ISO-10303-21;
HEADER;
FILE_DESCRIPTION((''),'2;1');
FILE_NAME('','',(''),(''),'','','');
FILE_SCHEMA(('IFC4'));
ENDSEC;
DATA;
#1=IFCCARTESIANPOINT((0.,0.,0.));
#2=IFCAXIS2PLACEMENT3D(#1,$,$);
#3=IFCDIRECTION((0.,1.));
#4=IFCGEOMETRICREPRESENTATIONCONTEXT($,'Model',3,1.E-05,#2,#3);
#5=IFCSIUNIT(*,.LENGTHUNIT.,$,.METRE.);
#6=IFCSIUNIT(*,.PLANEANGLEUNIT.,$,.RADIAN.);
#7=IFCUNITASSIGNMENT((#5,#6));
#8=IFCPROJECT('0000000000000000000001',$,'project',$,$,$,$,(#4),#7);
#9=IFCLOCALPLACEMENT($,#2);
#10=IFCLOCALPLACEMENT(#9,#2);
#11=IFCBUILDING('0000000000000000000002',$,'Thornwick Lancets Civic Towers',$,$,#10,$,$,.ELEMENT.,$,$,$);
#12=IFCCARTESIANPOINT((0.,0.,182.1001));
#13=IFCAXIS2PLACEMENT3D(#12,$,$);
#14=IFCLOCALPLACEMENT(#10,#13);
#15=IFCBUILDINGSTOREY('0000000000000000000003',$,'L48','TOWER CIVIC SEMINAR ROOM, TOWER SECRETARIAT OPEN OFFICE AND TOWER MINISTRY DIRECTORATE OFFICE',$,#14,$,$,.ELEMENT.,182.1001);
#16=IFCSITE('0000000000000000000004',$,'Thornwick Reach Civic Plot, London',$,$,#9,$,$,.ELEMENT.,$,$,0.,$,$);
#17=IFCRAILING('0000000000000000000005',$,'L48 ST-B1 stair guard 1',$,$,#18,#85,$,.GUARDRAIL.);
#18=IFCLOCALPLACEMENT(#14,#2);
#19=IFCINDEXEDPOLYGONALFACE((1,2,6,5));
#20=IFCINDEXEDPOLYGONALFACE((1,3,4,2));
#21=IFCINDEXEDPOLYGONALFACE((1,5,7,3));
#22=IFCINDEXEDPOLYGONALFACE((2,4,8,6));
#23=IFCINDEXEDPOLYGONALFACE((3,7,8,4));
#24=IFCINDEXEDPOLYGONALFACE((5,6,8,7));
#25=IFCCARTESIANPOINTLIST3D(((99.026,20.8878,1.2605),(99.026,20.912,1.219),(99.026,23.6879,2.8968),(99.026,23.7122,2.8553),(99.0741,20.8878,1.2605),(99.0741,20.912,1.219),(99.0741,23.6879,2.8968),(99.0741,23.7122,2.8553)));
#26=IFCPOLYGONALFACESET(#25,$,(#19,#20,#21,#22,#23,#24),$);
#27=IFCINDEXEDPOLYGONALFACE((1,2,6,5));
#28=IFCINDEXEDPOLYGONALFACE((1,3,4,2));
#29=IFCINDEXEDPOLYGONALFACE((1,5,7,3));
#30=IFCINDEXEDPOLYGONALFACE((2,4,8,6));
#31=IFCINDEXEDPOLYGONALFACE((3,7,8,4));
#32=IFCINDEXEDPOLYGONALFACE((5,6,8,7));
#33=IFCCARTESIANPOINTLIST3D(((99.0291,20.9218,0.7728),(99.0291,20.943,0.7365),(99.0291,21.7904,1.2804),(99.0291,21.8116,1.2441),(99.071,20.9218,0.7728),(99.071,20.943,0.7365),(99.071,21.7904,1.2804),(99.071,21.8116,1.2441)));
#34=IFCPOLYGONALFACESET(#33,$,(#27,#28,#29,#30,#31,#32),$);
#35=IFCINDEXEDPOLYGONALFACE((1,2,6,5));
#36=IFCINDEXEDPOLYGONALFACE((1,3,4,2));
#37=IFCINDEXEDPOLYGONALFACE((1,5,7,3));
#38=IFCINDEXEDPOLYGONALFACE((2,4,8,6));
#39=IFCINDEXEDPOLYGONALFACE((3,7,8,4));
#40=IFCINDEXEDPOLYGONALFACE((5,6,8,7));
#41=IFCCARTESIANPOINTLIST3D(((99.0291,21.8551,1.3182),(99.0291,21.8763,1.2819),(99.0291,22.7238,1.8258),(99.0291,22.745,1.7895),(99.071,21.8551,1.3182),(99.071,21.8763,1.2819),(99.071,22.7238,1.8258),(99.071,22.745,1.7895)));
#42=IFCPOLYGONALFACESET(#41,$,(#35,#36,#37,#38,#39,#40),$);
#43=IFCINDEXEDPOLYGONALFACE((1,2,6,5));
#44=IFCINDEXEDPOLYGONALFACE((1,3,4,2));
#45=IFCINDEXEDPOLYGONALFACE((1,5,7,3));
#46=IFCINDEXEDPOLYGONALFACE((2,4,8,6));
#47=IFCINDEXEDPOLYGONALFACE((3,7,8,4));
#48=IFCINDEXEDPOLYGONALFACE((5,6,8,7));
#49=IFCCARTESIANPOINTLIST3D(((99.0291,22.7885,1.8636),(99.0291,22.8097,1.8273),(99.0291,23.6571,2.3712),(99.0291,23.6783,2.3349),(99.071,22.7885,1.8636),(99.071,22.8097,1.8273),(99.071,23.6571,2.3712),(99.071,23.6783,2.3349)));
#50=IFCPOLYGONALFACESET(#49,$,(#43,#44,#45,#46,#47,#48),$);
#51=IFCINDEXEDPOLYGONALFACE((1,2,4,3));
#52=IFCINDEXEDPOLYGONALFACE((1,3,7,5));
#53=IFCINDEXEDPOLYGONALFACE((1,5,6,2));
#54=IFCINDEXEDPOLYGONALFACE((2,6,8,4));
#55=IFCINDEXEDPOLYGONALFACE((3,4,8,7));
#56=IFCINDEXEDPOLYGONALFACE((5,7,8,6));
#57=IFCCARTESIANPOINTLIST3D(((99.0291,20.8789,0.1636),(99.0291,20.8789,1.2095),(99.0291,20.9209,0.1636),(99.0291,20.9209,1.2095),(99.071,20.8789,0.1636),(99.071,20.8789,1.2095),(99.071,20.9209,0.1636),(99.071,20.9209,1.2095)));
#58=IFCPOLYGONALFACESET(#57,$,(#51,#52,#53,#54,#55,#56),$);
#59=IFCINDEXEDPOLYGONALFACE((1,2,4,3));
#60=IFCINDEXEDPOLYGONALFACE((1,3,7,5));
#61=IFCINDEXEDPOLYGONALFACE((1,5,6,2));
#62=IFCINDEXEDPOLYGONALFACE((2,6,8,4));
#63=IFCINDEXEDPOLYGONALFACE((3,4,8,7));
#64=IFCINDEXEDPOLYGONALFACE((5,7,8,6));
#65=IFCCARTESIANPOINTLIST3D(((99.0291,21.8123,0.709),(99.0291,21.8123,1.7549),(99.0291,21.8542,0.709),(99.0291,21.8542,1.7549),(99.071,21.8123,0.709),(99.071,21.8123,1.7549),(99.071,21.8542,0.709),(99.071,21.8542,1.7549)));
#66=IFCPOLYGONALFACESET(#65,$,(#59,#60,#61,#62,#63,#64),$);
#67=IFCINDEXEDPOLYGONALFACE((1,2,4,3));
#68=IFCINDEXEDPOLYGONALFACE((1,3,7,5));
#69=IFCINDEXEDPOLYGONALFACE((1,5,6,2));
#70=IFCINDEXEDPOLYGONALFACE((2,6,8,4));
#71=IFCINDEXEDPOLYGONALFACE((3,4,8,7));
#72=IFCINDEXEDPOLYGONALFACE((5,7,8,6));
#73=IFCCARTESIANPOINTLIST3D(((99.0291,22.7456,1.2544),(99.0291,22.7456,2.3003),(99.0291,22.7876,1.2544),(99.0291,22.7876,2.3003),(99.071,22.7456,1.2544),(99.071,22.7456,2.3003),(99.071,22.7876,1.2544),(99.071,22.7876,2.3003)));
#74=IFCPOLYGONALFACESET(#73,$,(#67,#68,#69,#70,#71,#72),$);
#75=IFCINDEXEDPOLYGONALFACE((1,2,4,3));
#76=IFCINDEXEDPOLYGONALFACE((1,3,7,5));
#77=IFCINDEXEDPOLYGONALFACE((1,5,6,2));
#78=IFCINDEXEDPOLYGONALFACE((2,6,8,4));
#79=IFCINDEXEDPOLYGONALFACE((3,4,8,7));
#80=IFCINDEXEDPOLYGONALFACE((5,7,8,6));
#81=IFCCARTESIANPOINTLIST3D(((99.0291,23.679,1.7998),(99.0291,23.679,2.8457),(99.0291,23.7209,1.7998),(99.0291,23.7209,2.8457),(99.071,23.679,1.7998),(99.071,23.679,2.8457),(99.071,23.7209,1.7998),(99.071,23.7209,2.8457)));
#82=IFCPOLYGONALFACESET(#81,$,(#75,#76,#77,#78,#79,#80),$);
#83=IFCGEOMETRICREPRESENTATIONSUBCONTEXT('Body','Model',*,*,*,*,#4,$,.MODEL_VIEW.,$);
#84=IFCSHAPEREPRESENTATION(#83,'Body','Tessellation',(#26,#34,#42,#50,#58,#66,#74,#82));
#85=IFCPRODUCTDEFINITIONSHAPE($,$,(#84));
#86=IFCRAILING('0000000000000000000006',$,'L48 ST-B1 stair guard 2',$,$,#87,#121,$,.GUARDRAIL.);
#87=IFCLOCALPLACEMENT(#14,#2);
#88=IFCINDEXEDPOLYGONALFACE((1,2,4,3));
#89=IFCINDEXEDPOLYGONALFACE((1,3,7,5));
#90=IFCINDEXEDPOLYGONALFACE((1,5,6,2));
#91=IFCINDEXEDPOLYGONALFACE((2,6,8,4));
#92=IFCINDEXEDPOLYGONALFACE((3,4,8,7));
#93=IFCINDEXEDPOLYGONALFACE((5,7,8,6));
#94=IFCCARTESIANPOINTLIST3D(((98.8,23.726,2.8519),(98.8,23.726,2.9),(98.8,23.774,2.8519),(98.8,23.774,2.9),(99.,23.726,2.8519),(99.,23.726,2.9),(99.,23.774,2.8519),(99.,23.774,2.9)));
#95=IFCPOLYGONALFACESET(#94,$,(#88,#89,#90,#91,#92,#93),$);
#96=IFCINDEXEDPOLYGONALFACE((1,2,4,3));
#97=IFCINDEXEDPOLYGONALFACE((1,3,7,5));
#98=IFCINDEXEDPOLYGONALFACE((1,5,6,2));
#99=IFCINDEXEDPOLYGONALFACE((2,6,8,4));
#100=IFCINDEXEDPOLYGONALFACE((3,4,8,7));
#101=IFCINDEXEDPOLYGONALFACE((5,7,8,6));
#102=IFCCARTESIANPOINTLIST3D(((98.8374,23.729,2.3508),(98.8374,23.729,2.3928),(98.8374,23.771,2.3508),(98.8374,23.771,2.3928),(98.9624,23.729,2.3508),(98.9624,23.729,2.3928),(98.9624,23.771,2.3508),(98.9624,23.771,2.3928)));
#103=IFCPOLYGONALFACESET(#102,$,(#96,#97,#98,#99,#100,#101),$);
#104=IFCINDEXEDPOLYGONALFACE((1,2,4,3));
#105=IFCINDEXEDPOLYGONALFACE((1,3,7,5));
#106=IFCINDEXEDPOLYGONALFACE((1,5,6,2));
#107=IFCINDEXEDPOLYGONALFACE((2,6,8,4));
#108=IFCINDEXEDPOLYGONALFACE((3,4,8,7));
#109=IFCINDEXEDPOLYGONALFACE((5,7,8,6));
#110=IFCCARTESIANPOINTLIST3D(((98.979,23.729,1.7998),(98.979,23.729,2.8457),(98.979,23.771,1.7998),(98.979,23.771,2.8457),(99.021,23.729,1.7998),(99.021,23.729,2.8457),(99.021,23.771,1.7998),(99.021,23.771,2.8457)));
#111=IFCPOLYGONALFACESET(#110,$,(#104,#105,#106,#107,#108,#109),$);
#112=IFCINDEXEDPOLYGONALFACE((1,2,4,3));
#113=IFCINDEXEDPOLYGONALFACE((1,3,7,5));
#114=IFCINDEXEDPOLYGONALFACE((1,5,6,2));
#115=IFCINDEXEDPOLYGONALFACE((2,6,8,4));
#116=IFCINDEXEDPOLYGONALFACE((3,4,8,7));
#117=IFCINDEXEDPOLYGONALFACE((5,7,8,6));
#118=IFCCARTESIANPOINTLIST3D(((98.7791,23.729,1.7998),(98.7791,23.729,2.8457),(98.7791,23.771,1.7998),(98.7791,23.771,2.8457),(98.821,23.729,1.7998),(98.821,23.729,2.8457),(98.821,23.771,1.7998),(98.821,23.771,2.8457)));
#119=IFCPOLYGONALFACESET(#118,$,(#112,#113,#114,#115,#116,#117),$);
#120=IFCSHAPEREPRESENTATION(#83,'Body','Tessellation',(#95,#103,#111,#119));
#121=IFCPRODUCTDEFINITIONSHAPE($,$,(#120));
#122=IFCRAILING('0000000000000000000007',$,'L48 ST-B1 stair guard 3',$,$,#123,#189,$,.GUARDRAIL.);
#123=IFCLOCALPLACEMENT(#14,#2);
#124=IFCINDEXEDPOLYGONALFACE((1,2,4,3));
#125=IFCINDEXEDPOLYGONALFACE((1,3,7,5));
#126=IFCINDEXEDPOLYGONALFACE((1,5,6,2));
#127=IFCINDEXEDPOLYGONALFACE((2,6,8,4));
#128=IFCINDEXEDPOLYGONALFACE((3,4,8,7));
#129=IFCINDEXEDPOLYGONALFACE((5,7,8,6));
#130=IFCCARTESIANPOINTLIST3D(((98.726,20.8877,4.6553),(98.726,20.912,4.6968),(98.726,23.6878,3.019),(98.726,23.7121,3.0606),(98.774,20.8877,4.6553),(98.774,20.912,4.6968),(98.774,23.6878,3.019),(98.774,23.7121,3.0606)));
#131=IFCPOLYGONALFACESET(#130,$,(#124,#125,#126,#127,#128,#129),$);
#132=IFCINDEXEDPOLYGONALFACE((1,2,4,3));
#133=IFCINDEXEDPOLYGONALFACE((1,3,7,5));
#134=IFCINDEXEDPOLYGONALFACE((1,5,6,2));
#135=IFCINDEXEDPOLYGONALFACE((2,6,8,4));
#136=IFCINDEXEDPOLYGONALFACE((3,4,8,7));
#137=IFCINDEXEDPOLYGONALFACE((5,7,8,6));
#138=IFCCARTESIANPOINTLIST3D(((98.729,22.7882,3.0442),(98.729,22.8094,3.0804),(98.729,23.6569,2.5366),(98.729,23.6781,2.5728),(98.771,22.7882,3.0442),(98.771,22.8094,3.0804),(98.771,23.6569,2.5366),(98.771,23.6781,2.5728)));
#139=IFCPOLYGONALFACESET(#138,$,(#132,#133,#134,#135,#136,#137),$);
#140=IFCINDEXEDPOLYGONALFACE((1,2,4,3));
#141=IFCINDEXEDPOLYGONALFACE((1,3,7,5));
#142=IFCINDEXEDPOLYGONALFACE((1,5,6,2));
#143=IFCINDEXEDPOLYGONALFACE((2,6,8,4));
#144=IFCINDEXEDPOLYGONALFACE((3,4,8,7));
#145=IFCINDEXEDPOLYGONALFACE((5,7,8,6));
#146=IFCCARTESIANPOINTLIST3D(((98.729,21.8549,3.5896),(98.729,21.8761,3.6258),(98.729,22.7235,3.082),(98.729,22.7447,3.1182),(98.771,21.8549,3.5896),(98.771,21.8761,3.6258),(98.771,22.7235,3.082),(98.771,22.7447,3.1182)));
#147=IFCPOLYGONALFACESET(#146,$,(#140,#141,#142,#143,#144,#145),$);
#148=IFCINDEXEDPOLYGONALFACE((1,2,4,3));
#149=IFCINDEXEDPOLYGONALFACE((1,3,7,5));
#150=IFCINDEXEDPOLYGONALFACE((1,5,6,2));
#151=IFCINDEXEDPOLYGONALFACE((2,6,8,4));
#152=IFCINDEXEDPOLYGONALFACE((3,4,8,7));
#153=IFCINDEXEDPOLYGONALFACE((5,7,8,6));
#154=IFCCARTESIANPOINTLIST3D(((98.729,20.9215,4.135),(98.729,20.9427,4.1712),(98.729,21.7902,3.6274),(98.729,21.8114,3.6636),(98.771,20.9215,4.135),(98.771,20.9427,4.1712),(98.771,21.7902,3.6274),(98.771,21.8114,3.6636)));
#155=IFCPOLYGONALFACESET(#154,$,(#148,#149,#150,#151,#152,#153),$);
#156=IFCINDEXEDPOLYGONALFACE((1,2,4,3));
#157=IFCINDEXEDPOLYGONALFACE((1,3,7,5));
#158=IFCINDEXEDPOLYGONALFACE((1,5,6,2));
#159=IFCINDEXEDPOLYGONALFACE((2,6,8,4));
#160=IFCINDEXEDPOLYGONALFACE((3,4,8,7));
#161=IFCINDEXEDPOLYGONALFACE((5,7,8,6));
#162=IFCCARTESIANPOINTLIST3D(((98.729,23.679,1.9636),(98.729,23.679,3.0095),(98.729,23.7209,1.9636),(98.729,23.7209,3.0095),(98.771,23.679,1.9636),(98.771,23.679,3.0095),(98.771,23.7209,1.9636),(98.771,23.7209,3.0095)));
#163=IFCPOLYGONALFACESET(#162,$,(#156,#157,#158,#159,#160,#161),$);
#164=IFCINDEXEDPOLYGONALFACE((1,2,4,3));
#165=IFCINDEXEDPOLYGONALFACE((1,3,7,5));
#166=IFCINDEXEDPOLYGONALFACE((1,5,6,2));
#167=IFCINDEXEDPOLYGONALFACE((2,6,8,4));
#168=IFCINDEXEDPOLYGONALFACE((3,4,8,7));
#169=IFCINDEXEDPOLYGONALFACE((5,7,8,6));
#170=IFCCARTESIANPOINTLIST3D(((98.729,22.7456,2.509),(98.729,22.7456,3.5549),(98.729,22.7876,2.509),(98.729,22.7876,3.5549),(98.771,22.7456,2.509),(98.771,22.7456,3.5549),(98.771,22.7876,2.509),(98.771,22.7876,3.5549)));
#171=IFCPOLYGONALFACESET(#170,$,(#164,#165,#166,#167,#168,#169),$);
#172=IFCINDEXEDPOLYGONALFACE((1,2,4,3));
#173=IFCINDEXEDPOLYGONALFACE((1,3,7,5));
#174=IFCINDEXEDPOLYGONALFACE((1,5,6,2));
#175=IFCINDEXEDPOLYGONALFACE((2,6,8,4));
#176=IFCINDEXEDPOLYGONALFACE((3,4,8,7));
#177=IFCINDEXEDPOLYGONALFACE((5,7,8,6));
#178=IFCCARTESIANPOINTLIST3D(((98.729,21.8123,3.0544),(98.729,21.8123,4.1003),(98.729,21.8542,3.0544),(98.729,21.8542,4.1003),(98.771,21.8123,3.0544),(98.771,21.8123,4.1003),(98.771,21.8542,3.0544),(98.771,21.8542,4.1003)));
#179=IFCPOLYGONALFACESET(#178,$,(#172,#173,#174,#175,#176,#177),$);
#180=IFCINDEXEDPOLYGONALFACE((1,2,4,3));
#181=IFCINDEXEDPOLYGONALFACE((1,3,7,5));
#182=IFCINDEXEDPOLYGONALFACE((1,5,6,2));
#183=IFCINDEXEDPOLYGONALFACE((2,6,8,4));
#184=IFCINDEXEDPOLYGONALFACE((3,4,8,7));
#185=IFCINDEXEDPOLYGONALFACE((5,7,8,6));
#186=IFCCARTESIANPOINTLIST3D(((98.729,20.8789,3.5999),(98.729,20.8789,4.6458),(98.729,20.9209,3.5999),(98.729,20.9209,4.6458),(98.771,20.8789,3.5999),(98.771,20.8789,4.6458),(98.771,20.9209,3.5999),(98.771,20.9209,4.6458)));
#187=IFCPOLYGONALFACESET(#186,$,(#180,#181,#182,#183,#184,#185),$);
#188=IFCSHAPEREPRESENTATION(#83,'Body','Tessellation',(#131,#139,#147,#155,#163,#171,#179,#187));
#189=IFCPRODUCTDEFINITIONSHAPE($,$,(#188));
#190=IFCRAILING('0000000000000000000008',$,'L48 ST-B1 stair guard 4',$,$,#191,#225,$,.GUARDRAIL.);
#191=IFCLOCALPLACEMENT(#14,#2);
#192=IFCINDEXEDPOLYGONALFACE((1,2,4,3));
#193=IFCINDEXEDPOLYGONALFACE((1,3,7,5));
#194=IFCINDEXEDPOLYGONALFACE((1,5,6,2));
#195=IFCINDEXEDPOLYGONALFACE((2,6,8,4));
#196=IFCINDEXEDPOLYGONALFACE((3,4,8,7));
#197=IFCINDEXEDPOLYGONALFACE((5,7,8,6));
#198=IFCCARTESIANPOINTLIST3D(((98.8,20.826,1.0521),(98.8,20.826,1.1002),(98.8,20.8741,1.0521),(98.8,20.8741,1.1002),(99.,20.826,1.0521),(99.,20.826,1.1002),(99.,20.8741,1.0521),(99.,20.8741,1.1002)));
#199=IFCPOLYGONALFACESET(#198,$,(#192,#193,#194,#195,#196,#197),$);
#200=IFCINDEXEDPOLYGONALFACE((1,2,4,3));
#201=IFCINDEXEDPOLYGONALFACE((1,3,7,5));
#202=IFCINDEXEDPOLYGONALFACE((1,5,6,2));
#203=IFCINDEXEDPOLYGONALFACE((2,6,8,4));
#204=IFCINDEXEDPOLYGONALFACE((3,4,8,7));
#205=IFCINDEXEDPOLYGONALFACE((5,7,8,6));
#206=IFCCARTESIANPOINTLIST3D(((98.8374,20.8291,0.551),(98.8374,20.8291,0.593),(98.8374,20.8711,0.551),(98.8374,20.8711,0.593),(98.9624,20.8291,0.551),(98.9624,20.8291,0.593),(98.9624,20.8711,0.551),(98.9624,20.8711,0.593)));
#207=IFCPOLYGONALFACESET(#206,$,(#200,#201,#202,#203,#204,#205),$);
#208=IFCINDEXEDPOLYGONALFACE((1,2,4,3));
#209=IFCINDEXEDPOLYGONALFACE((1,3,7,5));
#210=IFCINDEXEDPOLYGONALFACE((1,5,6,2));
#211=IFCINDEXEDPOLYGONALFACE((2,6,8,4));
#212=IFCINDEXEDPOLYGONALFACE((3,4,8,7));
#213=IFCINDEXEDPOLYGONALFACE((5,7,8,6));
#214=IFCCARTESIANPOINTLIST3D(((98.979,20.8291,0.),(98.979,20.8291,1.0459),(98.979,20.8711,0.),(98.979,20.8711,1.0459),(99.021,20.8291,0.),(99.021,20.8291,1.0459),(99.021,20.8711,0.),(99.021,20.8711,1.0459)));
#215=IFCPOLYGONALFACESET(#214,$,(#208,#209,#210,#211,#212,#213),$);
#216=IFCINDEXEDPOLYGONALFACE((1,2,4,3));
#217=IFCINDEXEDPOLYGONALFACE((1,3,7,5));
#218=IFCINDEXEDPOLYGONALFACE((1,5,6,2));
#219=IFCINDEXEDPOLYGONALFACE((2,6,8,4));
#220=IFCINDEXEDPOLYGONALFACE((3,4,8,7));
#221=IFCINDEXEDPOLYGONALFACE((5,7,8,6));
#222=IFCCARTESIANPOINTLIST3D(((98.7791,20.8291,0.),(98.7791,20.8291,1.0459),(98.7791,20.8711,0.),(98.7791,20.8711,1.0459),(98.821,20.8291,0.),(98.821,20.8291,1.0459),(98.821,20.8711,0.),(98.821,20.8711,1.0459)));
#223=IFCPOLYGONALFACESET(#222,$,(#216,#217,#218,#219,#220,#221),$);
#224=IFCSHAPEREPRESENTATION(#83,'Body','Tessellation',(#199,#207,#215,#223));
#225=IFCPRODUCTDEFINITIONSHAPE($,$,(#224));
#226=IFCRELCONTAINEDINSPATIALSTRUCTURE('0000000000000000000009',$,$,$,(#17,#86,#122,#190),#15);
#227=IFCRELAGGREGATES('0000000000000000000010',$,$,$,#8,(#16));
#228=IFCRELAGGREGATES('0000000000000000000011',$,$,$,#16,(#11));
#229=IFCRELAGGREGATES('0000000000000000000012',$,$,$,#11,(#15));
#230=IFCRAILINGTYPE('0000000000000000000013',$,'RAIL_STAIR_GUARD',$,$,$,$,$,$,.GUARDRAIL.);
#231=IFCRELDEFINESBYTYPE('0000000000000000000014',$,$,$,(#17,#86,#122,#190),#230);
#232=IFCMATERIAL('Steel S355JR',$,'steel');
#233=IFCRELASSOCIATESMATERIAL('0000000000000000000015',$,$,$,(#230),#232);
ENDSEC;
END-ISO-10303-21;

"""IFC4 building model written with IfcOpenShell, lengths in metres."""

from ifc_helpers import new_model, si_unit, direction, frame, origin, origin_2d, place, context, subcontext, project, spatial, rectangle, extrude, material, type_object, element, save


model = new_model("IFC4")

# Units and contexts
model_context = context("Model", 3, precision=1e-05, world=origin(), true_north=direction((0.0, 1.0)))
body_context = subcontext(model_context, "Body", "Model", "MODEL_VIEW")
ifc_project = project(units=[si_unit("LENGTHUNIT", "METRE"), si_unit("PLANEANGLEUNIT", "RADIAN")], contexts=[model_context])

# Site, building, storey
site_placement = place(None, origin())
site = spatial("IfcSite", under=ifc_project, at=site_placement, Name="Thornwick Reach Civic Plot, London", CompositionType="ELEMENT", RefElevation=0.0)
building_placement = place(site_placement, origin())
building = spatial("IfcBuilding", under=site, at=building_placement, Name="Thornwick Lancets Civic Towers", CompositionType="ELEMENT")
storey_placement = place(building_placement, frame((0.0, 0.0, 182.1001)))
storey = spatial("IfcBuildingStorey", under=building, at=storey_placement, Name="L48", Description="TOWER CIVIC SEMINAR ROOM, TOWER SECRETARIAT OPEN OFFICE AND TOWER MINISTRY DIRECTORATE OFFICE", CompositionType="ELEMENT", Elevation=182.1001)

# Shared definitions
ifc_material_1 = material(Name="Steel S355JR", Category="steel")

# Railings
railing_type_1 = type_object("IfcRailingType", Name="RAIL_STAIR_GUARD", PredefinedType="GUARDRAIL", material=ifc_material_1)
railing_1_placement = place(storey_placement, frame((99.05, 20.8999, 0.1636)))
element("IfcRailing", 1, at=railing_1_placement, inside=storey, type_object=railing_type_1, Name="L48 ST-B1 stair guard 1", PredefinedType="GUARDRAIL", context=body_context, shape_type="SweptSolid", body=[
    extrude(rectangle(XDim=0.0481, YDim=0.0481, at=origin_2d()), frame((0.0, 0.0, 1.0762), z_axis=(0.0, 0.863394, 0.504531), x_axis=(-1.0, 0.0, 0.0)), (0.0, 0.0, 1.0), 3.2432),
    extrude(rectangle(XDim=0.042, YDim=0.042, at=origin_2d()), frame((0.0, 0.0325, 0.5911), z_axis=(0.0, 0.863394, 0.504531), x_axis=(-1.0, 0.0, 0.0)), (0.0, 0.0, 1.0), 1.0061),
    extrude(rectangle(XDim=0.042, YDim=0.042, at=origin_2d()), frame((0.0, 0.9658, 1.1365), z_axis=(0.0, 0.863394, 0.504531), x_axis=(-1.0, 0.0, 0.0)), (0.0, 0.0, 1.0), 1.0061),
    extrude(rectangle(XDim=0.042, YDim=0.042, at=origin_2d()), frame((0.0, 1.8992, 1.6819), z_axis=(0.0, 0.863394, 0.504531), x_axis=(-1.0, 0.0, 0.0)), (0.0, 0.0, 1.0), 1.0061),
    extrude(rectangle(XDim=0.042, YDim=0.042, at=origin_2d()), origin(), (0.0, 0.0, 1.0), 1.0459),
    extrude(rectangle(XDim=0.042, YDim=0.042, at=origin_2d()), frame((0.0, 0.9333, 0.5454)), (0.0, 0.0, 1.0), 1.0459),
    extrude(rectangle(XDim=0.042, YDim=0.042, at=origin_2d()), frame((0.0, 1.8667, 1.0908)), (0.0, 0.0, 1.0), 1.0459),
    extrude(rectangle(XDim=0.042, YDim=0.042, at=origin_2d()), frame((0.0, 2.8, 1.6362)), (0.0, 0.0, 1.0), 1.0459),
])
railing_2_placement = place(storey_placement, frame((99.0, 23.75, 1.7998)))
element("IfcRailing", 2, at=railing_2_placement, inside=storey, type_object=railing_type_1, Name="L48 ST-B1 stair guard 2", PredefinedType="GUARDRAIL", context=body_context, shape_type="SweptSolid", body=[
    extrude(rectangle(XDim=0.0481, YDim=0.0481, at=origin_2d()), frame((0.0, 0.0, 1.0762), z_axis=(-1.0, 0.0, 0.0), x_axis=(0.0, -1.0, 0.0)), (0.0, 0.0, 1.0), 0.2),
    extrude(rectangle(XDim=0.042, YDim=0.042, at=origin_2d()), frame((-0.0376, 0.0, 0.572), z_axis=(-1.0, 0.0, 0.0), x_axis=(0.0, -1.0, 0.0)), (0.0, 0.0, 1.0), 0.125),
    extrude(rectangle(XDim=0.042, YDim=0.042, at=origin_2d()), origin(), (0.0, 0.0, 1.0), 1.0459),
    extrude(rectangle(XDim=0.042, YDim=0.042, at=origin_2d()), frame((-0.2, 0.0, 0.0)), (0.0, 0.0, 1.0), 1.0459),
])
railing_3_placement = place(storey_placement, frame((98.75, 23.7, 1.9636)))
element("IfcRailing", 3, at=railing_3_placement, inside=storey, type_object=railing_type_1, Name="L48 ST-B1 stair guard 3", PredefinedType="GUARDRAIL", context=body_context, shape_type="SweptSolid", body=[
    extrude(rectangle(XDim=0.0481, YDim=0.0481, at=origin_2d()), frame((0.0, 0.0, 1.0762), z_axis=(0.0, -0.863394, 0.504531), x_axis=(1.0, 0.0, 0.0)), (0.0, 0.0, 1.0), 3.2432),
    extrude(rectangle(XDim=0.042, YDim=0.042, at=origin_2d()), frame((0.0, -0.0325, 0.5911), z_axis=(0.0, -0.863394, 0.504531), x_axis=(1.0, 0.0, 0.0)), (0.0, 0.0, 1.0), 1.0061),
    extrude(rectangle(XDim=0.042, YDim=0.042, at=origin_2d()), frame((0.0, -0.9658, 1.1365), z_axis=(0.0, -0.863394, 0.504531), x_axis=(1.0, 0.0, 0.0)), (0.0, 0.0, 1.0), 1.0061),
    extrude(rectangle(XDim=0.042, YDim=0.042, at=origin_2d()), frame((0.0, -1.8992, 1.6819), z_axis=(0.0, -0.863394, 0.504531), x_axis=(1.0, 0.0, 0.0)), (0.0, 0.0, 1.0), 1.0061),
    extrude(rectangle(XDim=0.042, YDim=0.042, at=origin_2d()), origin(), (0.0, 0.0, 1.0), 1.0459),
    extrude(rectangle(XDim=0.042, YDim=0.042, at=origin_2d()), frame((0.0, -0.9333, 0.5454)), (0.0, 0.0, 1.0), 1.0459),
    extrude(rectangle(XDim=0.042, YDim=0.042, at=origin_2d()), frame((0.0, -1.8667, 1.0908)), (0.0, 0.0, 1.0), 1.0459),
    extrude(rectangle(XDim=0.042, YDim=0.042, at=origin_2d()), frame((0.0, -2.8, 1.6362)), (0.0, 0.0, 1.0), 1.0459),
])
railing_4_placement = place(storey_placement, frame((99.0, 20.8501, 0.0)))
element("IfcRailing", 4, at=railing_4_placement, inside=storey, type_object=railing_type_1, Name="L48 ST-B1 stair guard 4", PredefinedType="GUARDRAIL", context=body_context, shape_type="SweptSolid", body=[
    extrude(rectangle(XDim=0.0481, YDim=0.0481, at=origin_2d()), frame((0.0, 0.0, 1.0762), z_axis=(-1.0, 0.0, 0.0), x_axis=(0.0, -1.0, 0.0)), (0.0, 0.0, 1.0), 0.2),
    extrude(rectangle(XDim=0.042, YDim=0.042, at=origin_2d()), frame((-0.0376, 0.0, 0.572), z_axis=(-1.0, 0.0, 0.0), x_axis=(0.0, -1.0, 0.0)), (0.0, 0.0, 1.0), 0.125),
    extrude(rectangle(XDim=0.042, YDim=0.042, at=origin_2d()), origin(), (0.0, 0.0, 1.0), 1.0459),
    extrude(rectangle(XDim=0.042, YDim=0.042, at=origin_2d()), frame((-0.2, 0.0, 0.0)), (0.0, 0.0, 1.0), 1.0459),
])

save(model, "model.ifc")
